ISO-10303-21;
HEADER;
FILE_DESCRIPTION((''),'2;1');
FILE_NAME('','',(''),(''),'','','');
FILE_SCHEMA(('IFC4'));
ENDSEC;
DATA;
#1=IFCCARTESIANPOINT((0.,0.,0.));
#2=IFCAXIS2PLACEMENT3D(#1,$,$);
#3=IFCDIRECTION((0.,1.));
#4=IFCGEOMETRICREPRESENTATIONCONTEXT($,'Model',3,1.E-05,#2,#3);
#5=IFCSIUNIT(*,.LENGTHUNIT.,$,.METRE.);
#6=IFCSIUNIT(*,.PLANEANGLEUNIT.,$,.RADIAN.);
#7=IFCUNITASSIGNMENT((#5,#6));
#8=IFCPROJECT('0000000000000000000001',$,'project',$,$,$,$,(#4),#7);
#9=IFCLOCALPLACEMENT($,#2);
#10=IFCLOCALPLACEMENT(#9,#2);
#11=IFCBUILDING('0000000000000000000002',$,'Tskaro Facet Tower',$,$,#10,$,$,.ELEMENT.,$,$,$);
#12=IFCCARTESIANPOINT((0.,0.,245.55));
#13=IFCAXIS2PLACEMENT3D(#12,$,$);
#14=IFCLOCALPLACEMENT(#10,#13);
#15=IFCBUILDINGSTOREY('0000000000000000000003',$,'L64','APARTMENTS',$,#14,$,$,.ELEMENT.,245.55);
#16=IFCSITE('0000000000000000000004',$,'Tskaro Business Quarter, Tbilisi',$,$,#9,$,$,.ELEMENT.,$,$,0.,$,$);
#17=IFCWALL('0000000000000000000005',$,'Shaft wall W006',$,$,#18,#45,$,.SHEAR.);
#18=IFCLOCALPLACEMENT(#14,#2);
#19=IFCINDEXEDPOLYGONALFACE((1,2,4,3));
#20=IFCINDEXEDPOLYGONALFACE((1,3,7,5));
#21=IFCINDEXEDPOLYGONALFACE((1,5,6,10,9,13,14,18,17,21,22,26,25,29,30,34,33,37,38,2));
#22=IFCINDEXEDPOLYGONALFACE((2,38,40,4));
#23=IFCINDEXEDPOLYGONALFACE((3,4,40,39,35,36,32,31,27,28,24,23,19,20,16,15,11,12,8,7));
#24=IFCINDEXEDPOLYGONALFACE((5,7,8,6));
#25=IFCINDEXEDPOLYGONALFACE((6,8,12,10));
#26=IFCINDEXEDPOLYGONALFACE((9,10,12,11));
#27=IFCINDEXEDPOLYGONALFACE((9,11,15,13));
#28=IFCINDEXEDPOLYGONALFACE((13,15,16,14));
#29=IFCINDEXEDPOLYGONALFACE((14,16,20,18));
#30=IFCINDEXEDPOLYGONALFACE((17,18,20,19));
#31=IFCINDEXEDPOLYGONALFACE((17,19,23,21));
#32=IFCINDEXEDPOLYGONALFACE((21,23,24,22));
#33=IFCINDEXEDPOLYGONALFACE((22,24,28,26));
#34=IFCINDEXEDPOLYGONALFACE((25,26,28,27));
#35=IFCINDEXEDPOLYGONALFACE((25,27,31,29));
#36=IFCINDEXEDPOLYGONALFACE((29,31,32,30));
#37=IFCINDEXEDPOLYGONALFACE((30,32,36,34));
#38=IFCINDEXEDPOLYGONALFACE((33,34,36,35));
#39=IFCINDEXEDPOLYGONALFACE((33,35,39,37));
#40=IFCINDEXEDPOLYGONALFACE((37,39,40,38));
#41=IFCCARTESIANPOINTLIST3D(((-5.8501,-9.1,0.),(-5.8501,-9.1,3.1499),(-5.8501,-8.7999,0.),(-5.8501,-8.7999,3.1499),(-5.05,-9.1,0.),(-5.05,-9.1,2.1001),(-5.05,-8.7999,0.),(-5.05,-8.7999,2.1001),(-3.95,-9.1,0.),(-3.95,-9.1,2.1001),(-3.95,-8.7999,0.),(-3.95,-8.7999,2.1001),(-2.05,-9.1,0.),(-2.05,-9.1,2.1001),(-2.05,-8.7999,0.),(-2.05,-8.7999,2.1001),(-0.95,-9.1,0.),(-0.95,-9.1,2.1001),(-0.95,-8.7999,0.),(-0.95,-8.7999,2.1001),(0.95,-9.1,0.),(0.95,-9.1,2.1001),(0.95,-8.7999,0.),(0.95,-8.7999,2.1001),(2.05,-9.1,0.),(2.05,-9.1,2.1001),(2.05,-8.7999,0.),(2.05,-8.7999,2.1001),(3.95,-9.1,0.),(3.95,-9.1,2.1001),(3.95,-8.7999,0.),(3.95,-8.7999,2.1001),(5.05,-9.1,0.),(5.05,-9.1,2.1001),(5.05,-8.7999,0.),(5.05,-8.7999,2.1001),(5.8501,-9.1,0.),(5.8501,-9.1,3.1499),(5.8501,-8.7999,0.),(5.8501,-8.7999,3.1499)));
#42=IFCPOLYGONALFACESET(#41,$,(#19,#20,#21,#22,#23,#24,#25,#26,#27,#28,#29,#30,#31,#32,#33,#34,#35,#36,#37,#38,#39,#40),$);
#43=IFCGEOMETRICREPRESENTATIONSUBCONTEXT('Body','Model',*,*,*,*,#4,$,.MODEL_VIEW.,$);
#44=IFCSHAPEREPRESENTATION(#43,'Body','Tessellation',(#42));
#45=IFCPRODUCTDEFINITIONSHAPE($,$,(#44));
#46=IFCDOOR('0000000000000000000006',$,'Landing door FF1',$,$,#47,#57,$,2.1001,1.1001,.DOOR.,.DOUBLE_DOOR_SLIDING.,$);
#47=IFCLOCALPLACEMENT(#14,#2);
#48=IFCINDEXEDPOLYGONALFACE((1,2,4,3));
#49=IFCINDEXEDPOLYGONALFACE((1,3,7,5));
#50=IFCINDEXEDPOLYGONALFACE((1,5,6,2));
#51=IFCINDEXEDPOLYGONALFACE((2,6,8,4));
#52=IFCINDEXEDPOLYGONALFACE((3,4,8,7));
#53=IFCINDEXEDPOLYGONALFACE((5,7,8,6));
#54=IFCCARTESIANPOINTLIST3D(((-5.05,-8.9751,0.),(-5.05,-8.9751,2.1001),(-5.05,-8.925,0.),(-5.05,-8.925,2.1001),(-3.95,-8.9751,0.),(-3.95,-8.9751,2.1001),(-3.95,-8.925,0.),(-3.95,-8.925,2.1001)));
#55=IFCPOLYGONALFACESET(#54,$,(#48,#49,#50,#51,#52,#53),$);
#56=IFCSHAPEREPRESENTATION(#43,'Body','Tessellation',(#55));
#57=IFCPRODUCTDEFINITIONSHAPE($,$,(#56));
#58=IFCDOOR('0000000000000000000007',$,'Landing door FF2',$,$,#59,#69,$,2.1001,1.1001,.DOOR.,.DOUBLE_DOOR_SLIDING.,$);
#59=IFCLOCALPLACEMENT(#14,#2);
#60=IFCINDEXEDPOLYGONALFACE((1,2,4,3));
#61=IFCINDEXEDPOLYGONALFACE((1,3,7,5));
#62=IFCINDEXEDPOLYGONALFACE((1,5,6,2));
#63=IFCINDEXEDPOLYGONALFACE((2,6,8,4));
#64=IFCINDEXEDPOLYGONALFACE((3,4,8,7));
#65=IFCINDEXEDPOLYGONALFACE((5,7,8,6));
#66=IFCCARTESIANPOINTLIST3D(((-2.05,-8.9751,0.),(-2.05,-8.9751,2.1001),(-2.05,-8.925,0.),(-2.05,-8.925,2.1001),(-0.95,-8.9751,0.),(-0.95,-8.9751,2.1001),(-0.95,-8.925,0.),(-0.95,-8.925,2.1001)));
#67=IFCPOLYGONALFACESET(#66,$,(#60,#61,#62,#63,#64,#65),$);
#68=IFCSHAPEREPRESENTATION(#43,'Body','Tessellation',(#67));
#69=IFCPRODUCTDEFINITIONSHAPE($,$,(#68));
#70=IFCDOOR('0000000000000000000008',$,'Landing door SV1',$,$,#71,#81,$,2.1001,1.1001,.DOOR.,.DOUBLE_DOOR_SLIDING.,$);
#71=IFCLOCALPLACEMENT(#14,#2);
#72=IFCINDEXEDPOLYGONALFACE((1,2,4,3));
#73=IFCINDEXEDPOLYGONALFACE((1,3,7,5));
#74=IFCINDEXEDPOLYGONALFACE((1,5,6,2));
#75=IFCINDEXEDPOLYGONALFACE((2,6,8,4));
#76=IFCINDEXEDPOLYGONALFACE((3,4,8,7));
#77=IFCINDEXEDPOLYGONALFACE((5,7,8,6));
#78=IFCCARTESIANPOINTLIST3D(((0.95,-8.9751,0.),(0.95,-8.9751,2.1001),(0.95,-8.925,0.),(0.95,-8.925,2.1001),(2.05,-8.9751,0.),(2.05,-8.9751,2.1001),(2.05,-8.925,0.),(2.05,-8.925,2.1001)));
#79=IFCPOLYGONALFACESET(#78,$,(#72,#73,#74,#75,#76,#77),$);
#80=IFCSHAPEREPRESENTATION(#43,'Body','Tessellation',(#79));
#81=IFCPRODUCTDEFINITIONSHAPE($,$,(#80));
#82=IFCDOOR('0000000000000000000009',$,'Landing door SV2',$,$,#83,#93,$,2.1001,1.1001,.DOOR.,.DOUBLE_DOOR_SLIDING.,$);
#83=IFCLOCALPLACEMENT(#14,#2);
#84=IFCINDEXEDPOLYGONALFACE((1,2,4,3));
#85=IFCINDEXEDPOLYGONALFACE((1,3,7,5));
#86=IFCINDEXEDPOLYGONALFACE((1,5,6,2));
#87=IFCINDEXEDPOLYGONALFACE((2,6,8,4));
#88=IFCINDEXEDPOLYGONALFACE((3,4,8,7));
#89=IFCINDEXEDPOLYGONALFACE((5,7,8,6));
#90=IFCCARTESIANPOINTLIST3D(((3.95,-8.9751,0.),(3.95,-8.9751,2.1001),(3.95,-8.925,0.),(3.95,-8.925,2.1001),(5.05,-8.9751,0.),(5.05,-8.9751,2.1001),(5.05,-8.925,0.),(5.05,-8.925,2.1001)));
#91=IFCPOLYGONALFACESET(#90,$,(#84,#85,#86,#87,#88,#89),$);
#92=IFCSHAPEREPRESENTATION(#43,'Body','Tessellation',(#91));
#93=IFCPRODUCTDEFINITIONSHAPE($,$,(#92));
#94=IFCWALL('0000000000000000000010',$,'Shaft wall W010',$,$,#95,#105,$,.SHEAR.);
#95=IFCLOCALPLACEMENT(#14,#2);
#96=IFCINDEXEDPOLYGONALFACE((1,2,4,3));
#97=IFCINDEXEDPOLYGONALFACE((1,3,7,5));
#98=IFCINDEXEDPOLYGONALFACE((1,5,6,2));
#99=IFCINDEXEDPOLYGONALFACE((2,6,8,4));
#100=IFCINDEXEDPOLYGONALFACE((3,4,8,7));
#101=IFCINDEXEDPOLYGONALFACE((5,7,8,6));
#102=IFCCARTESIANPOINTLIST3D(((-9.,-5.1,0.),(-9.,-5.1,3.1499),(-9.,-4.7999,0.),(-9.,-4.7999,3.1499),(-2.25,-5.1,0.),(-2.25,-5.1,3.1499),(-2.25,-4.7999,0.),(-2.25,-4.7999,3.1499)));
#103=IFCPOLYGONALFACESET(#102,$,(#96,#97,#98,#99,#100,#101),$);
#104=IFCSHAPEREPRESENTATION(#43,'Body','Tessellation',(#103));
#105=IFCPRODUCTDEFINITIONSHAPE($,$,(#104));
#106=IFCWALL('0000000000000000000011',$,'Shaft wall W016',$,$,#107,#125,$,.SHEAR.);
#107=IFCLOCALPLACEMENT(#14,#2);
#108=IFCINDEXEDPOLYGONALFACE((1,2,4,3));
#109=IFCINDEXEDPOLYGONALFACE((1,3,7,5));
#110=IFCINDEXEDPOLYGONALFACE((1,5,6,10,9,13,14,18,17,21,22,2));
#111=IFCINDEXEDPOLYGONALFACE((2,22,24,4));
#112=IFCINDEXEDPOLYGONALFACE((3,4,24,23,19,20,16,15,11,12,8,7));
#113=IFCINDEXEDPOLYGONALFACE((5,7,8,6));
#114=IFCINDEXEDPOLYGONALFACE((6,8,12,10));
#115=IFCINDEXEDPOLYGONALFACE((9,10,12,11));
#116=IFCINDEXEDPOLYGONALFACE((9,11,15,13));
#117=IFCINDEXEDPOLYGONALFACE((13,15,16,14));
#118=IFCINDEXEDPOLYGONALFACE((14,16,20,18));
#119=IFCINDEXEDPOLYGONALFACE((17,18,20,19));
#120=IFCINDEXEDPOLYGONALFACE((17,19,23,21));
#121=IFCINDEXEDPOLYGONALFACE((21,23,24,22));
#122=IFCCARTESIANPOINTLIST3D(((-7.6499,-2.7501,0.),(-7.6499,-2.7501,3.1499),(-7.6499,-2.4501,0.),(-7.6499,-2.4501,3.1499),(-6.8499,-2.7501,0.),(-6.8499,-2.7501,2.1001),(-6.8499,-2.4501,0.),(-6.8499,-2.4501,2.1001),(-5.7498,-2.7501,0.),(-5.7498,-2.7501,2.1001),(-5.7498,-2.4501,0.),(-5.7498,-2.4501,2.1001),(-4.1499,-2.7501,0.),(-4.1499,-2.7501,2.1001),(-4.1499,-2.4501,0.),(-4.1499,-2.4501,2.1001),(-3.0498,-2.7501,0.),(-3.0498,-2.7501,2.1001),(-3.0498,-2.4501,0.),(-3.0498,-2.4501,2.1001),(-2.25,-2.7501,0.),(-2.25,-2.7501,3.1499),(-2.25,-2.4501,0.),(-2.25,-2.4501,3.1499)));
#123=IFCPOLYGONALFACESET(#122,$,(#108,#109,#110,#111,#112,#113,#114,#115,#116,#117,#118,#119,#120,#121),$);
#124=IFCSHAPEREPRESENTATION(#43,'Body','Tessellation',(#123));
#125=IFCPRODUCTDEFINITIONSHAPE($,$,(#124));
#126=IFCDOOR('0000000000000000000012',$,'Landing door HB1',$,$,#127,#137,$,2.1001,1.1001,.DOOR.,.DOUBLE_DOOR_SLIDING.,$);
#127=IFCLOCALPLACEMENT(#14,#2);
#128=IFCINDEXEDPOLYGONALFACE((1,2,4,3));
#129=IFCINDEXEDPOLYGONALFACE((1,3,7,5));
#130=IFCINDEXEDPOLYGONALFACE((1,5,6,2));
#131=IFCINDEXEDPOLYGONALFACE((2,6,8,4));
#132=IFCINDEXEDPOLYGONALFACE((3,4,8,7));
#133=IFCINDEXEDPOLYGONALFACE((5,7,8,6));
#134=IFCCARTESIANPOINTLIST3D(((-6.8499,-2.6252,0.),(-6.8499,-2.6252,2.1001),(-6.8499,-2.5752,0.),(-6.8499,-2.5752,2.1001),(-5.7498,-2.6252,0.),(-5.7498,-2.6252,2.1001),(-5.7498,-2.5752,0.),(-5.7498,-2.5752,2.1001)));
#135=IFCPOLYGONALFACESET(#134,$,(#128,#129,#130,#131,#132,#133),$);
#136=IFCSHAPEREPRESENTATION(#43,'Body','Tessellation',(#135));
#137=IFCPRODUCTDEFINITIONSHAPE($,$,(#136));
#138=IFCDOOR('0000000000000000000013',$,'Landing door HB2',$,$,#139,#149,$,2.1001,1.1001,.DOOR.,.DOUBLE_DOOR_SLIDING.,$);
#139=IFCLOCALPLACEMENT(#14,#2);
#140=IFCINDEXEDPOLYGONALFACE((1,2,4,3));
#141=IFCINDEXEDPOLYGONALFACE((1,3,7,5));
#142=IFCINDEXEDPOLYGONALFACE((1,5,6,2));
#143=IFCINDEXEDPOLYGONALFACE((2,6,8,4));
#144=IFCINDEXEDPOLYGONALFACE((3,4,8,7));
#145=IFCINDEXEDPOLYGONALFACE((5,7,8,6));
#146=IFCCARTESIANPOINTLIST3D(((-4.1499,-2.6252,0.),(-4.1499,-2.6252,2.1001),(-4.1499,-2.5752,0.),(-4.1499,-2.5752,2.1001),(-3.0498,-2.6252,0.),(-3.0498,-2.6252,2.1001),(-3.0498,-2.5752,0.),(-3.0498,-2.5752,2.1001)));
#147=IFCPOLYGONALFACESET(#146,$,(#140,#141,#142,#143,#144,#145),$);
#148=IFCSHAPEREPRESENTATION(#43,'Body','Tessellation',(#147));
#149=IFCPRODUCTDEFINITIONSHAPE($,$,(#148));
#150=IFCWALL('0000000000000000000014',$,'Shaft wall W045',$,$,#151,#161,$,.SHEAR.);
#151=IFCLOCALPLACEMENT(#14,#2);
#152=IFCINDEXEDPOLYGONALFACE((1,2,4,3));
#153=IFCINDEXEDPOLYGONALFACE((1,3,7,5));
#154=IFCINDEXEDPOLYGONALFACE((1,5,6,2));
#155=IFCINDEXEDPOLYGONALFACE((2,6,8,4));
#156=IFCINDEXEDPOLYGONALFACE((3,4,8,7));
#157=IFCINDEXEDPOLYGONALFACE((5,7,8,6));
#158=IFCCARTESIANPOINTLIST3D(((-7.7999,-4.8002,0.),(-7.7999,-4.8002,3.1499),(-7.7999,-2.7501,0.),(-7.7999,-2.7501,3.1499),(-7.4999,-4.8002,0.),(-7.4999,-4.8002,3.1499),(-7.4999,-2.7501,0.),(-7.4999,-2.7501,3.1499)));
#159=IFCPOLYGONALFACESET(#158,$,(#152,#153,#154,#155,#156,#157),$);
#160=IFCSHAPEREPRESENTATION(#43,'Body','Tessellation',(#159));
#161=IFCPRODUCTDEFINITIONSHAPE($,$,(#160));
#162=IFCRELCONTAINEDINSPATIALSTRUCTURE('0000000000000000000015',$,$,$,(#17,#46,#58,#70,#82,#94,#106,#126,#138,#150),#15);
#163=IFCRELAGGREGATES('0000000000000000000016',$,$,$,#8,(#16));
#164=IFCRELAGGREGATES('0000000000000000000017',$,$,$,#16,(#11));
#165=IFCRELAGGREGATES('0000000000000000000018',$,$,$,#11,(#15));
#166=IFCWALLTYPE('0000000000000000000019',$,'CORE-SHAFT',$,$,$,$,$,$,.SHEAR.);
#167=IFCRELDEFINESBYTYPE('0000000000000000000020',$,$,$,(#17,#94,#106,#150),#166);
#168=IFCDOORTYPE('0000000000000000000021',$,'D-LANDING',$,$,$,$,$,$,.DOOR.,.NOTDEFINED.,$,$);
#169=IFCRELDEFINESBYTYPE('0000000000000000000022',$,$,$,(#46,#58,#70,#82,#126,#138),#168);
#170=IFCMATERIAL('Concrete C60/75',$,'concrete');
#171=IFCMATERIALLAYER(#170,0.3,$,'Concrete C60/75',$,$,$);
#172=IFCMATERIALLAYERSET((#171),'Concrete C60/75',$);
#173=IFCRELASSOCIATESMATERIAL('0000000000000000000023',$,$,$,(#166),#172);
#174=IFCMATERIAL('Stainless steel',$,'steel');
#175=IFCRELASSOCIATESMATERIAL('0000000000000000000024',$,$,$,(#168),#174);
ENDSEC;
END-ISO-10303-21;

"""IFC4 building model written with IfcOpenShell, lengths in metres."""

from ifc_helpers import new_model, si_unit, direction, frame, frame_2d, origin, place, context, subcontext, project, spatial, rectangle, extrude, material, layer, layer_set, type_object, element, fill, save


model = new_model("IFC4")

# Units and contexts
model_context = context("Model", 3, precision=1e-05, world=origin(), true_north=direction((0.0, 1.0)))
body_context = subcontext(model_context, "Body", "Model", "MODEL_VIEW")
ifc_project = project(units=[si_unit("LENGTHUNIT", "METRE"), si_unit("PLANEANGLEUNIT", "RADIAN")], contexts=[model_context])

# Site, building, storey
site_placement = place(None, origin())
site = spatial("IfcSite", under=ifc_project, at=site_placement, Name="Tskaro Business Quarter, Tbilisi", CompositionType="ELEMENT", RefElevation=0.0)
building_placement = place(site_placement, origin())
building = spatial("IfcBuilding", under=site, at=building_placement, Name="Tskaro Facet Tower", CompositionType="ELEMENT")
storey_placement = place(building_placement, frame((0.0, 0.0, 245.55)))
storey = spatial("IfcBuildingStorey", under=building, at=storey_placement, Name="L64", Description="APARTMENTS", CompositionType="ELEMENT", Elevation=245.55)

# Wall, openings, doors
ifc_material_1 = material(Name="Concrete C60/75", Category="concrete")
ifc_layer_1 = layer(ifc_material_1, 0.3, Name="Concrete C60/75")
ifc_layer_set_1 = layer_set([ifc_layer_1], Name="Concrete C60/75")
wall_type_1 = type_object("IfcWallType", Name="CORE-SHAFT", PredefinedType="SHEAR", material=ifc_layer_set_1)
wall_1_placement = place(storey_placement, frame((-5.8501, -8.95, 0.0), z_axis=(0.0, 0.0, 1.0), x_axis=(1.0, 0.0, 0.0)))
wall_1 = element("IfcWall", 1, at=wall_1_placement, inside=storey, type_object=wall_type_1, Name="Shaft wall W006", PredefinedType="SHEAR", context=body_context, shape_type="SweptSolid", body=[
    extrude(rectangle(XDim=11.7002, YDim=0.3, at=frame_2d((5.8501, 0.0))), origin(), (0.0, 0.0, 1.0), 3.1499),
])
opening_1_placement = place(wall_1_placement, frame((0.8, 0.0, 0.0)))
opening_1 = element("IfcOpeningElement", 2, at=opening_1_placement, cuts=wall_1, PredefinedType="OPENING", context=body_context, shape_type="SweptSolid", body=[
    extrude(rectangle(XDim=1.1001, YDim=2.1001, at=frame_2d((0.55, 1.05))), frame((0.0, 0.1599, 0.0), z_axis=(0.0, -1.0, 0.0), x_axis=(1.0, 0.0, 0.0)), (0.0, 0.0, 1.0), 0.3201),
])
opening_2_placement = place(wall_1_placement, frame((3.8, 0.0, 0.0)))
opening_2 = element("IfcOpeningElement", 3, at=opening_2_placement, cuts=wall_1, PredefinedType="OPENING", context=body_context, shape_type="SweptSolid", body=[
    extrude(rectangle(XDim=1.1001, YDim=2.1001, at=frame_2d((0.55, 1.05))), frame((0.0, 0.1599, 0.0), z_axis=(0.0, -1.0, 0.0), x_axis=(1.0, 0.0, 0.0)), (0.0, 0.0, 1.0), 0.3201),
])
opening_3_placement = place(wall_1_placement, frame((6.8, 0.0, 0.0)))
opening_3 = element("IfcOpeningElement", 4, at=opening_3_placement, cuts=wall_1, PredefinedType="OPENING", context=body_context, shape_type="SweptSolid", body=[
    extrude(rectangle(XDim=1.1001, YDim=2.1001, at=frame_2d((0.55, 1.05))), frame((0.0, 0.1599, 0.0), z_axis=(0.0, -1.0, 0.0), x_axis=(1.0, 0.0, 0.0)), (0.0, 0.0, 1.0), 0.3201),
])
opening_4_placement = place(wall_1_placement, frame((9.8, 0.0, 0.0)))
opening_4 = element("IfcOpeningElement", 5, at=opening_4_placement, cuts=wall_1, PredefinedType="OPENING", context=body_context, shape_type="SweptSolid", body=[
    extrude(rectangle(XDim=1.1001, YDim=2.1001, at=frame_2d((0.55, 1.05))), frame((0.0, 0.1599, 0.0), z_axis=(0.0, -1.0, 0.0), x_axis=(1.0, 0.0, 0.0)), (0.0, 0.0, 1.0), 0.3201),
])
ifc_material_2 = material(Name="Stainless steel", Category="steel")
door_type_1 = type_object("IfcDoorType", Name="D-LANDING", OperationType="NOTDEFINED", PredefinedType="DOOR", material=ifc_material_2)
door_1_placement = place(opening_1_placement, origin())
door_1 = element("IfcDoor", 6, at=door_1_placement, inside=storey, type_object=door_type_1, Name="Landing door FF1", OperationType="DOUBLE_DOOR_SLIDING", OverallHeight=2.1001, OverallWidth=1.1001, PredefinedType="DOOR", context=body_context, shape_type="SweptSolid", body=[
    extrude(rectangle(XDim=1.1001, YDim=2.1001, at=frame_2d((0.55, 1.05))), frame((0.0, 0.0249, 0.0), z_axis=(0.0, -1.0, 0.0), x_axis=(1.0, 0.0, 0.0)), (0.0, 0.0, 1.0), 0.05),
])
fill(opening_1, door_1)
door_2_placement = place(opening_2_placement, origin())
door_2 = element("IfcDoor", 7, at=door_2_placement, inside=storey, type_object=door_type_1, Name="Landing door FF2", OperationType="DOUBLE_DOOR_SLIDING", OverallHeight=2.1001, OverallWidth=1.1001, PredefinedType="DOOR", context=body_context, shape_type="SweptSolid", body=[
    extrude(rectangle(XDim=1.1001, YDim=2.1001, at=frame_2d((0.55, 1.05))), frame((0.0, 0.0249, 0.0), z_axis=(0.0, -1.0, 0.0), x_axis=(1.0, 0.0, 0.0)), (0.0, 0.0, 1.0), 0.05),
])
fill(opening_2, door_2)
door_3_placement = place(opening_3_placement, origin())
door_3 = element("IfcDoor", 8, at=door_3_placement, inside=storey, type_object=door_type_1, Name="Landing door SV1", OperationType="DOUBLE_DOOR_SLIDING", OverallHeight=2.1001, OverallWidth=1.1001, PredefinedType="DOOR", context=body_context, shape_type="SweptSolid", body=[
    extrude(rectangle(XDim=1.1001, YDim=2.1001, at=frame_2d((0.55, 1.05))), frame((0.0, 0.0249, 0.0), z_axis=(0.0, -1.0, 0.0), x_axis=(1.0, 0.0, 0.0)), (0.0, 0.0, 1.0), 0.05),
])
fill(opening_3, door_3)
door_4_placement = place(opening_4_placement, origin())
door_4 = element("IfcDoor", 9, at=door_4_placement, inside=storey, type_object=door_type_1, Name="Landing door SV2", OperationType="DOUBLE_DOOR_SLIDING", OverallHeight=2.1001, OverallWidth=1.1001, PredefinedType="DOOR", context=body_context, shape_type="SweptSolid", body=[
    extrude(rectangle(XDim=1.1001, YDim=2.1001, at=frame_2d((0.55, 1.05))), frame((0.0, 0.0249, 0.0), z_axis=(0.0, -1.0, 0.0), x_axis=(1.0, 0.0, 0.0)), (0.0, 0.0, 1.0), 0.05),
])
fill(opening_4, door_4)

# Wall
wall_2_placement = place(storey_placement, frame((-9.0, -4.95, 0.0), z_axis=(0.0, 0.0, 1.0), x_axis=(1.0, 0.0, 0.0)))
element("IfcWall", 10, at=wall_2_placement, inside=storey, type_object=wall_type_1, Name="Shaft wall W010", PredefinedType="SHEAR", context=body_context, shape_type="SweptSolid", body=[
    extrude(rectangle(XDim=6.75, YDim=0.3, at=frame_2d((3.375, 0.0))), origin(), (0.0, 0.0, 1.0), 3.1499),
])

# Wall, openings, doors
wall_3_placement = place(storey_placement, frame((-7.6499, -2.6001, 0.0), z_axis=(0.0, 0.0, 1.0), x_axis=(1.0, 0.0, 0.0)))
wall_3 = element("IfcWall", 11, at=wall_3_placement, inside=storey, type_object=wall_type_1, Name="Shaft wall W016", PredefinedType="SHEAR", context=body_context, shape_type="SweptSolid", body=[
    extrude(rectangle(XDim=5.3999, YDim=0.3, at=frame_2d((2.7, 0.0))), origin(), (0.0, 0.0, 1.0), 3.1499),
])
opening_5_placement = place(wall_3_placement, frame((0.8, 0.0, 0.0)))
opening_5 = element("IfcOpeningElement", 12, at=opening_5_placement, cuts=wall_3, PredefinedType="OPENING", context=body_context, shape_type="SweptSolid", body=[
    extrude(rectangle(XDim=1.1001, YDim=2.1001, at=frame_2d((0.55, 1.05))), frame((0.0, 0.1599, 0.0), z_axis=(0.0, -1.0, 0.0), x_axis=(1.0, 0.0, 0.0)), (0.0, 0.0, 1.0), 0.3201),
])
opening_6_placement = place(wall_3_placement, frame((3.5, 0.0, 0.0)))
opening_6 = element("IfcOpeningElement", 13, at=opening_6_placement, cuts=wall_3, PredefinedType="OPENING", context=body_context, shape_type="SweptSolid", body=[
    extrude(rectangle(XDim=1.1001, YDim=2.1001, at=frame_2d((0.55, 1.05))), frame((0.0, 0.1599, 0.0), z_axis=(0.0, -1.0, 0.0), x_axis=(1.0, 0.0, 0.0)), (0.0, 0.0, 1.0), 0.3201),
])
door_5_placement = place(opening_5_placement, origin())
door_5 = element("IfcDoor", 14, at=door_5_placement, inside=storey, type_object=door_type_1, Name="Landing door HB1", OperationType="DOUBLE_DOOR_SLIDING", OverallHeight=2.1001, OverallWidth=1.1001, PredefinedType="DOOR", context=body_context, shape_type="SweptSolid", body=[
    extrude(rectangle(XDim=1.1001, YDim=2.1001, at=frame_2d((0.55, 1.05))), frame((0.0, 0.0249, 0.0), z_axis=(0.0, -1.0, 0.0), x_axis=(1.0, 0.0, 0.0)), (0.0, 0.0, 1.0), 0.05),
])
fill(opening_5, door_5)
door_6_placement = place(opening_6_placement, origin())
door_6 = element("IfcDoor", 15, at=door_6_placement, inside=storey, type_object=door_type_1, Name="Landing door HB2", OperationType="DOUBLE_DOOR_SLIDING", OverallHeight=2.1001, OverallWidth=1.1001, PredefinedType="DOOR", context=body_context, shape_type="SweptSolid", body=[
    extrude(rectangle(XDim=1.1001, YDim=2.1001, at=frame_2d((0.55, 1.05))), frame((0.0, 0.0249, 0.0), z_axis=(0.0, -1.0, 0.0), x_axis=(1.0, 0.0, 0.0)), (0.0, 0.0, 1.0), 0.05),
])
fill(opening_6, door_6)

# Wall
wall_4_placement = place(storey_placement, frame((-7.6499, -4.8, 0.0), z_axis=(0.0, 0.0, 1.0), x_axis=(0.0, 1.0, 0.0)))
element("IfcWall", 16, at=wall_4_placement, inside=storey, type_object=wall_type_1, Name="Shaft wall W045", PredefinedType="SHEAR", context=body_context, shape_type="SweptSolid", body=[
    extrude(rectangle(XDim=2.05, YDim=0.3, at=frame_2d((1.0249, 0.0))), origin(), (0.0, 0.0, 1.0), 3.1499),
])

save(model, "model.ifc")
